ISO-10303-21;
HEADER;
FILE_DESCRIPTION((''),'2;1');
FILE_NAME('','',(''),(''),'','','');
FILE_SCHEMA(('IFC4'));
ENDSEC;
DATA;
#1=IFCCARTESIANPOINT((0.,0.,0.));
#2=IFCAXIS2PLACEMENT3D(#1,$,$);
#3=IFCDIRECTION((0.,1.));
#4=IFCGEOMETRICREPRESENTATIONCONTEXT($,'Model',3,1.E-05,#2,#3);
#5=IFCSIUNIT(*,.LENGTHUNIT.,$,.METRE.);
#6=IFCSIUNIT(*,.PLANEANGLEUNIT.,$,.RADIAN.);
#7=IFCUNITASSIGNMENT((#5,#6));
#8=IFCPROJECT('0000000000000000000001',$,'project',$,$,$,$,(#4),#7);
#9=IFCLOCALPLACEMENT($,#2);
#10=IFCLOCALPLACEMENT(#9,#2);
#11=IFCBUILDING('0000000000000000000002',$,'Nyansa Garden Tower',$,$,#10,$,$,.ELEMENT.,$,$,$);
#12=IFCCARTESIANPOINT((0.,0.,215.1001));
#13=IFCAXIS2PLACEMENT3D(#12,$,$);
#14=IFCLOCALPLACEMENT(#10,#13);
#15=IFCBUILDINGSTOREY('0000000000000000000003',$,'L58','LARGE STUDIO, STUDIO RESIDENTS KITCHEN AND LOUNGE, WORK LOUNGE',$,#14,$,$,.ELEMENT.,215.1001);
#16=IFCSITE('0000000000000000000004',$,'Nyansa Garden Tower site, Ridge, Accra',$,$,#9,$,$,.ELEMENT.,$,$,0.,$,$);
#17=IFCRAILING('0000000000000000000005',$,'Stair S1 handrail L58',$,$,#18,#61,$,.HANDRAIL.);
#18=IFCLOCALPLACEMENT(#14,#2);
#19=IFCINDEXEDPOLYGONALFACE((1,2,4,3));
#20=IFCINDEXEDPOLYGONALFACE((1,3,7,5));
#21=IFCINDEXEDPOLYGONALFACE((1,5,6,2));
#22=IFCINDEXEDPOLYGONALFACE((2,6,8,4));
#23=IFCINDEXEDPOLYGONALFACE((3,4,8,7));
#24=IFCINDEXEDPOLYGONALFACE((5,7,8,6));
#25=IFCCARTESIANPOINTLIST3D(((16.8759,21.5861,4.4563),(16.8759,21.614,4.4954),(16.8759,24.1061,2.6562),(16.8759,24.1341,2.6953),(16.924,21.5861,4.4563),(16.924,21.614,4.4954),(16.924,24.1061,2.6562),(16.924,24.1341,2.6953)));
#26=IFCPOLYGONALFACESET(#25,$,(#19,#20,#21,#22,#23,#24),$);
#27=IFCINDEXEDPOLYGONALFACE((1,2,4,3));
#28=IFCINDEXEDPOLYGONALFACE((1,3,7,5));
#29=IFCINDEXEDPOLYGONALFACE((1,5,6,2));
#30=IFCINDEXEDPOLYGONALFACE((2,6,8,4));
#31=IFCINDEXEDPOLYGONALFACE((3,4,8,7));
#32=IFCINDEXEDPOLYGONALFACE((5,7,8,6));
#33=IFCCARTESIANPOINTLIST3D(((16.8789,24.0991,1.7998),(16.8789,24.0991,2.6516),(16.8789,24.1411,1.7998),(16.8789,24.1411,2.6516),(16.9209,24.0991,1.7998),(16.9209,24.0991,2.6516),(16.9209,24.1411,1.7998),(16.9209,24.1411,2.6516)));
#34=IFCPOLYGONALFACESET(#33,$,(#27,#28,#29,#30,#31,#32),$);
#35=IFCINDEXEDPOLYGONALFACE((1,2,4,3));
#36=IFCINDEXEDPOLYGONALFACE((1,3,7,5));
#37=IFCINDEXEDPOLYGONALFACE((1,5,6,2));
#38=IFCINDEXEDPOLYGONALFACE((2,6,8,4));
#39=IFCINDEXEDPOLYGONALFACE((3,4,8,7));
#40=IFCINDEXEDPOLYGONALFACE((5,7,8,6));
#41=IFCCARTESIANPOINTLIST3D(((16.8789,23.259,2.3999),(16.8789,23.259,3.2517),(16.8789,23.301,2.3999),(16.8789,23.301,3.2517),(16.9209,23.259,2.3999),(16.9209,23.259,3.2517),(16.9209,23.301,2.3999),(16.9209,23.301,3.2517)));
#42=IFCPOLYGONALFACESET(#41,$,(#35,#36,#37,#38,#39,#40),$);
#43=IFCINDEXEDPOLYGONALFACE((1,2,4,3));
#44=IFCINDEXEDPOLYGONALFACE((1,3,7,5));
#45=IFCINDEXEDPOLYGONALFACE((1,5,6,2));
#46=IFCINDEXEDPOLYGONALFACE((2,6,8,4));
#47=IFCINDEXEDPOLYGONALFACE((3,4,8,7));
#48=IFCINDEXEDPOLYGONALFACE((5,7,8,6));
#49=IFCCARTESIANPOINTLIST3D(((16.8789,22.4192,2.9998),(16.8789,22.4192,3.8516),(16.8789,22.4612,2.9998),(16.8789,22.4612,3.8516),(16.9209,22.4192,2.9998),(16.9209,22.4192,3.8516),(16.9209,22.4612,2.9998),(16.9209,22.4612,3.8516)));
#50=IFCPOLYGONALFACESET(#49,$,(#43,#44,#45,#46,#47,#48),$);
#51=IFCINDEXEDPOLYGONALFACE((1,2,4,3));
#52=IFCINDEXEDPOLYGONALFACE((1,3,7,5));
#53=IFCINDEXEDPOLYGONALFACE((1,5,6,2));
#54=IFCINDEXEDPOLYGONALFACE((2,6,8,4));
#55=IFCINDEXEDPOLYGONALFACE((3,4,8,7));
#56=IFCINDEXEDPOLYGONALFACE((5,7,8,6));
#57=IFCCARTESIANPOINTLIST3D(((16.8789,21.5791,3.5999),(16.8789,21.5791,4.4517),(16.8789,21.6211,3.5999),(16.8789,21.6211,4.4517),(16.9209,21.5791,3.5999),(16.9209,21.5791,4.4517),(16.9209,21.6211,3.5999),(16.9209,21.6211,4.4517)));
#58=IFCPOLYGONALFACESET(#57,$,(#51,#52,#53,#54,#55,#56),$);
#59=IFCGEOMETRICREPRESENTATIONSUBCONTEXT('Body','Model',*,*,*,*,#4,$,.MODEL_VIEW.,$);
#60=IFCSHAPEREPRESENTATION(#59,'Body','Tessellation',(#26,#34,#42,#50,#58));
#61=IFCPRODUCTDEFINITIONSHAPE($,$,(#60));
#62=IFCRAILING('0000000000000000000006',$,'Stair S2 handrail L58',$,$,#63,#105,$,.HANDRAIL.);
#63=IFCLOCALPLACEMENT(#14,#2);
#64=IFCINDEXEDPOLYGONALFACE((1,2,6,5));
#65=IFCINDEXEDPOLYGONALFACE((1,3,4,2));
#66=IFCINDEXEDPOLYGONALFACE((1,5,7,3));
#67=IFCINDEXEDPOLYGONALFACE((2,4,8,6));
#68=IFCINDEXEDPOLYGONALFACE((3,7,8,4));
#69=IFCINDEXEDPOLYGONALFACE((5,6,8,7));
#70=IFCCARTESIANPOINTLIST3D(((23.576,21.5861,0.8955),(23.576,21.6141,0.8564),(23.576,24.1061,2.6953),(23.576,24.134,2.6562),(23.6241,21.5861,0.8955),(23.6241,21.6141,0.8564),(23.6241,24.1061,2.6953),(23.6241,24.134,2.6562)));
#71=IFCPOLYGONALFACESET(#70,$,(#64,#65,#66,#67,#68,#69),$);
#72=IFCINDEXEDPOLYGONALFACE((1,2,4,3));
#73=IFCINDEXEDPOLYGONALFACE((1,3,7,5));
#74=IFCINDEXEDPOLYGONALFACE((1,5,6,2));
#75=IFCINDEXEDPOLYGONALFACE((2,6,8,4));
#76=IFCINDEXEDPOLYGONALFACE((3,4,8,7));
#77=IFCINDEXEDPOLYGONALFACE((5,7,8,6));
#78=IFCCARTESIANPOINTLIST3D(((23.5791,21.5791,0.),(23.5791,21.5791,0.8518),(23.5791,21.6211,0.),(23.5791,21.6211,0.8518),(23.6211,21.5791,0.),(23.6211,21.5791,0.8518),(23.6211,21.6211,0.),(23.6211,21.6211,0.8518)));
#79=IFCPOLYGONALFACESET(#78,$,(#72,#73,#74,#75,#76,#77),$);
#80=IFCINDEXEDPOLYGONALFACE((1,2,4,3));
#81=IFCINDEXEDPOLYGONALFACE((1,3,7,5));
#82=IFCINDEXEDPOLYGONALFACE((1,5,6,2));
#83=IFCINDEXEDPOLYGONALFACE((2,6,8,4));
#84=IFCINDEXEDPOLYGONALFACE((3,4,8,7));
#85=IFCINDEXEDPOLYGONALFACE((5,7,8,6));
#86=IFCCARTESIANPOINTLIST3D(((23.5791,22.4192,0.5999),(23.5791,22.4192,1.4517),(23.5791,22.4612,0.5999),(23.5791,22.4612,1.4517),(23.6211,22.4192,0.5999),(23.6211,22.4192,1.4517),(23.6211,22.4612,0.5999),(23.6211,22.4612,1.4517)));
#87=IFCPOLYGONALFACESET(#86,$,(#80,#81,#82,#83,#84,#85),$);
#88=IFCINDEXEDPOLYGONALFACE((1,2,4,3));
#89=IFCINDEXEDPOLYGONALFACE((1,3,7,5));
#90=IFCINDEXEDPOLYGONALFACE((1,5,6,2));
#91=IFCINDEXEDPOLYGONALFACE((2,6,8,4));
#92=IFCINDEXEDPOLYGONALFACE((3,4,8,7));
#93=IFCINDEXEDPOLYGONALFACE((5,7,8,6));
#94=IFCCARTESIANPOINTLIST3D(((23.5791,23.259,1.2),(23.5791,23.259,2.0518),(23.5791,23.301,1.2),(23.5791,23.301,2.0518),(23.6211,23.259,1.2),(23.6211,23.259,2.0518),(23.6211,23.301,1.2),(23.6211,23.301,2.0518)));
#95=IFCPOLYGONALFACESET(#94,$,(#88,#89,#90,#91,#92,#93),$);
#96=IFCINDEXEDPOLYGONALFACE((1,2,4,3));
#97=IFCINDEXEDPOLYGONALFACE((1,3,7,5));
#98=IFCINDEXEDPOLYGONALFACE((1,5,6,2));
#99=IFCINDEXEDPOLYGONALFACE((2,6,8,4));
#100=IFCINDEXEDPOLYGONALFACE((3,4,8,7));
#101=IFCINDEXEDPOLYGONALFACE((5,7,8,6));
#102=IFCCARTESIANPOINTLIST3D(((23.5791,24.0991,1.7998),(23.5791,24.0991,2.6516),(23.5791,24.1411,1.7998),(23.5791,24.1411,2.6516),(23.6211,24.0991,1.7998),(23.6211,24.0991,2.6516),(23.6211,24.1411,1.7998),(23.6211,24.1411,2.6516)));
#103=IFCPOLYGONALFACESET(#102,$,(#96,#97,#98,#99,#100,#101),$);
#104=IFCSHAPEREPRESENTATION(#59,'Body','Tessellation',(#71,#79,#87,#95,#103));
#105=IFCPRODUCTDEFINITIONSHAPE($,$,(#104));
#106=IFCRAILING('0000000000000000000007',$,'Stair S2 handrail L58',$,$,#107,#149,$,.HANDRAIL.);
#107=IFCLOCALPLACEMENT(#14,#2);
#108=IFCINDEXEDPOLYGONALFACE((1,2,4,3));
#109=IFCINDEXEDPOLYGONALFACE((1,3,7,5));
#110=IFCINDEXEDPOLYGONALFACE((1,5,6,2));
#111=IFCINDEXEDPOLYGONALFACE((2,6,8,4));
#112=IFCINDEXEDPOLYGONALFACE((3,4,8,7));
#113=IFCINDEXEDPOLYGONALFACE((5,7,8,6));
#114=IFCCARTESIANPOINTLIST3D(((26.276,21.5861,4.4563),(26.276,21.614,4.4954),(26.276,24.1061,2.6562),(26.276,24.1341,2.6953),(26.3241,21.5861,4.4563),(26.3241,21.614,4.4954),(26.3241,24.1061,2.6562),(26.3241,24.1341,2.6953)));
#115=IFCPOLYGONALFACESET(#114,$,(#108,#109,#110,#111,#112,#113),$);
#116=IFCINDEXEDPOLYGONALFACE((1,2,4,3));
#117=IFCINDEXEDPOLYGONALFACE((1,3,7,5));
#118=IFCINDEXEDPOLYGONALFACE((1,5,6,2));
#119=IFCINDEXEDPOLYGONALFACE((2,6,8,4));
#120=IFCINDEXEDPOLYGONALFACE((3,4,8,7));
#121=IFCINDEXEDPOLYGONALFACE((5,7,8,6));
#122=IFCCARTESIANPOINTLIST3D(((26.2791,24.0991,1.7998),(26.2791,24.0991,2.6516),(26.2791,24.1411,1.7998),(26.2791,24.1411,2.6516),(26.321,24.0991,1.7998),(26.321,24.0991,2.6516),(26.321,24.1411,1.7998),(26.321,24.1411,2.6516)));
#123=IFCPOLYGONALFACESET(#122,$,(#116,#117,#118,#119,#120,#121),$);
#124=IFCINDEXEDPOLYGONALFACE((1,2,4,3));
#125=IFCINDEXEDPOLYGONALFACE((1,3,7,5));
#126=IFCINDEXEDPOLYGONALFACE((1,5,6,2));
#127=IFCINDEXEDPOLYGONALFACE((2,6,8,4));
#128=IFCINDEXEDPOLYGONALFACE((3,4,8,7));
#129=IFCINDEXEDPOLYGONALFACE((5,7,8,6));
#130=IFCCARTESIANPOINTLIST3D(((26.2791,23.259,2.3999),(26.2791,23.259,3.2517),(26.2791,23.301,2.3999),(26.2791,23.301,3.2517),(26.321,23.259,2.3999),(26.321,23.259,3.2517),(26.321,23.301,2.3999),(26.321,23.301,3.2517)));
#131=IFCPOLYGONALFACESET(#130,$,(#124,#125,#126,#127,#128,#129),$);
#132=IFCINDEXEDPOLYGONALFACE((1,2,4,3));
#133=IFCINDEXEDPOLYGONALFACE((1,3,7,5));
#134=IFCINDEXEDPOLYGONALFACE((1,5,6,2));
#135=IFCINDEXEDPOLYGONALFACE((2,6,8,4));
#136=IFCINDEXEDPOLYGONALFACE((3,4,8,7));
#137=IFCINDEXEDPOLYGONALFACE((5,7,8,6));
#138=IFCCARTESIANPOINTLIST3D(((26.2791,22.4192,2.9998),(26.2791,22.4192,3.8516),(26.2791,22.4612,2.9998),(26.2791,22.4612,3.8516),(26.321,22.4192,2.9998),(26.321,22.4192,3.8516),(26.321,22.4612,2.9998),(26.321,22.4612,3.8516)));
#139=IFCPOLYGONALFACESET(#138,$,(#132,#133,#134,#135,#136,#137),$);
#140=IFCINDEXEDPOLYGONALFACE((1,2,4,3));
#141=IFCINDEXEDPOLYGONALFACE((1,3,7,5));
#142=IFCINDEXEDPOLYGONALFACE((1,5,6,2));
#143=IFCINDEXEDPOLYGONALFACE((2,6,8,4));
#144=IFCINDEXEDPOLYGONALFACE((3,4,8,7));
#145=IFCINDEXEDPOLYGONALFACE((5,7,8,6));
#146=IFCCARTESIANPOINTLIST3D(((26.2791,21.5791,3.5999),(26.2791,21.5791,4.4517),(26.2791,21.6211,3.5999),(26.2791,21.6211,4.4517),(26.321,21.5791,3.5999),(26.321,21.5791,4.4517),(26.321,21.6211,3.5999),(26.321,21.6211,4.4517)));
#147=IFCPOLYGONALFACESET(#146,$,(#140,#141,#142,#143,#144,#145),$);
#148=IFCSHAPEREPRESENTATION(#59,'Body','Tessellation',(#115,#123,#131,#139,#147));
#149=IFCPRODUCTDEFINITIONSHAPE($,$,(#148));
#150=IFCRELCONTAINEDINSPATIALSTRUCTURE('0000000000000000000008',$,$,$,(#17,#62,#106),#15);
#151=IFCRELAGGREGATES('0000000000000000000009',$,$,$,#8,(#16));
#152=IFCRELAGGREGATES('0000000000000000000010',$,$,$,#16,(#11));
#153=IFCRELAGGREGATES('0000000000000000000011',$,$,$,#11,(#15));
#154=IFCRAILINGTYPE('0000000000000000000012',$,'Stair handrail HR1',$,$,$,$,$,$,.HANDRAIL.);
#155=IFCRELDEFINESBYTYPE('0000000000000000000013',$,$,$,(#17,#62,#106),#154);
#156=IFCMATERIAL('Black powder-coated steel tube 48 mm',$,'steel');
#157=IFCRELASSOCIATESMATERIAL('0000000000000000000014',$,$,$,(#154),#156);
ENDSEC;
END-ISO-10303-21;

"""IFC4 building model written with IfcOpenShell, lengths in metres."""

from ifc_helpers import new_model, si_unit, direction, frame, origin, origin_2d, place, context, subcontext, project, spatial, rectangle, extrude, material, type_object, element, save


model = new_model("IFC4")

# Units and contexts
model_context = context("Model", 3, precision=1e-05, world=origin(), true_north=direction((0.0, 1.0)))
body_context = subcontext(model_context, "Body", "Model", "MODEL_VIEW")
ifc_project = project(units=[si_unit("LENGTHUNIT", "METRE"), si_unit("PLANEANGLEUNIT", "RADIAN")], contexts=[model_context])

# Site, building, storey
site_placement = place(None, origin())
site = spatial("IfcSite", under=ifc_project, at=site_placement, Name="Nyansa Garden Tower site, Ridge, Accra", CompositionType="ELEMENT", RefElevation=0.0)
building_placement = place(site_placement, origin())
building = spatial("IfcBuilding", under=site, at=building_placement, Name="Nyansa Garden Tower", CompositionType="ELEMENT")
storey_placement = place(building_placement, frame((0.0, 0.0, 215.1001)))
storey = spatial("IfcBuildingStorey", under=building, at=storey_placement, Name="L58", Description="LARGE STUDIO, STUDIO RESIDENTS KITCHEN AND LOUNGE, WORK LOUNGE", CompositionType="ELEMENT", Elevation=215.1001)

# Railings
ifc_material_1 = material(Name="Black powder-coated steel tube 48 mm", Category="steel")
railing_type = type_object("IfcRailingType", Name="Stair handrail HR1", PredefinedType="HANDRAIL", material=ifc_material_1)
railing_1_placement = place(storey_placement, frame((16.8999, 24.1201, 1.7998)))
element("IfcRailing", 1, at=railing_1_placement, inside=storey, type_object=railing_type, Name="Stair S1 handrail L58", PredefinedType="HANDRAIL", context=body_context, shape_type="SweptSolid", body=[
    extrude(rectangle(XDim=0.0481, YDim=0.0481, at=origin_2d()), frame((0.0, 0.0, 0.876), z_axis=(0.0, -0.813728, 0.581246), x_axis=(1.0, 0.0, 0.0)), (0.0, 0.0, 1.0), 3.0969),
    extrude(rectangle(XDim=0.042, YDim=0.042, at=origin_2d()), origin(), (0.0, 0.0, 1.0), 0.8518),
    extrude(rectangle(XDim=0.042, YDim=0.042, at=origin_2d()), frame((0.0, -0.8401, 0.6001)), (0.0, 0.0, 1.0), 0.8518),
    extrude(rectangle(XDim=0.042, YDim=0.042, at=origin_2d()), frame((0.0, -1.6799, 1.2)), (0.0, 0.0, 1.0), 0.8518),
    extrude(rectangle(XDim=0.042, YDim=0.042, at=origin_2d()), frame((0.0, -2.52, 1.8)), (0.0, 0.0, 1.0), 0.8518),
])
railing_2_placement = place(storey_placement, frame((23.6001, 21.6001, 0.0)))
element("IfcRailing", 2, at=railing_2_placement, inside=storey, type_object=railing_type, Name="Stair S2 handrail L58", PredefinedType="HANDRAIL", context=body_context, shape_type="SweptSolid", body=[
    extrude(rectangle(XDim=0.0481, YDim=0.0481, at=origin_2d()), frame((0.0, 0.0, 0.876), z_axis=(0.0, 0.813765, 0.581193), x_axis=(-1.0, 0.0, 0.0)), (0.0, 0.0, 1.0), 3.0967),
    extrude(rectangle(XDim=0.042, YDim=0.042, at=origin_2d()), origin(), (0.0, 0.0, 1.0), 0.8518),
    extrude(rectangle(XDim=0.042, YDim=0.042, at=origin_2d()), frame((0.0, 0.8401, 0.5999)), (0.0, 0.0, 1.0), 0.8518),
    extrude(rectangle(XDim=0.042, YDim=0.042, at=origin_2d()), frame((0.0, 1.6799, 1.2)), (0.0, 0.0, 1.0), 0.8518),
    extrude(rectangle(XDim=0.042, YDim=0.042, at=origin_2d()), frame((0.0, 2.52, 1.7998)), (0.0, 0.0, 1.0), 0.8518),
])
railing_3_placement = place(storey_placement, frame((26.3, 24.1201, 1.7998)))
element("IfcRailing", 3, at=railing_3_placement, inside=storey, type_object=railing_type, Name="Stair S2 handrail L58", PredefinedType="HANDRAIL", context=body_context, shape_type="SweptSolid", body=[
    extrude(rectangle(XDim=0.0481, YDim=0.0481, at=origin_2d()), frame((0.0, 0.0, 0.876), z_axis=(0.0, -0.813728, 0.581246), x_axis=(1.0, 0.0, 0.0)), (0.0, 0.0, 1.0), 3.0969),
    extrude(rectangle(XDim=0.042, YDim=0.042, at=origin_2d()), origin(), (0.0, 0.0, 1.0), 0.8518),
    extrude(rectangle(XDim=0.042, YDim=0.042, at=origin_2d()), frame((0.0, -0.8401, 0.6001)), (0.0, 0.0, 1.0), 0.8518),
    extrude(rectangle(XDim=0.042, YDim=0.042, at=origin_2d()), frame((0.0, -1.6799, 1.2)), (0.0, 0.0, 1.0), 0.8518),
    extrude(rectangle(XDim=0.042, YDim=0.042, at=origin_2d()), frame((0.0, -2.52, 1.8)), (0.0, 0.0, 1.0), 0.8518),
])

save(model, "model.ifc")
